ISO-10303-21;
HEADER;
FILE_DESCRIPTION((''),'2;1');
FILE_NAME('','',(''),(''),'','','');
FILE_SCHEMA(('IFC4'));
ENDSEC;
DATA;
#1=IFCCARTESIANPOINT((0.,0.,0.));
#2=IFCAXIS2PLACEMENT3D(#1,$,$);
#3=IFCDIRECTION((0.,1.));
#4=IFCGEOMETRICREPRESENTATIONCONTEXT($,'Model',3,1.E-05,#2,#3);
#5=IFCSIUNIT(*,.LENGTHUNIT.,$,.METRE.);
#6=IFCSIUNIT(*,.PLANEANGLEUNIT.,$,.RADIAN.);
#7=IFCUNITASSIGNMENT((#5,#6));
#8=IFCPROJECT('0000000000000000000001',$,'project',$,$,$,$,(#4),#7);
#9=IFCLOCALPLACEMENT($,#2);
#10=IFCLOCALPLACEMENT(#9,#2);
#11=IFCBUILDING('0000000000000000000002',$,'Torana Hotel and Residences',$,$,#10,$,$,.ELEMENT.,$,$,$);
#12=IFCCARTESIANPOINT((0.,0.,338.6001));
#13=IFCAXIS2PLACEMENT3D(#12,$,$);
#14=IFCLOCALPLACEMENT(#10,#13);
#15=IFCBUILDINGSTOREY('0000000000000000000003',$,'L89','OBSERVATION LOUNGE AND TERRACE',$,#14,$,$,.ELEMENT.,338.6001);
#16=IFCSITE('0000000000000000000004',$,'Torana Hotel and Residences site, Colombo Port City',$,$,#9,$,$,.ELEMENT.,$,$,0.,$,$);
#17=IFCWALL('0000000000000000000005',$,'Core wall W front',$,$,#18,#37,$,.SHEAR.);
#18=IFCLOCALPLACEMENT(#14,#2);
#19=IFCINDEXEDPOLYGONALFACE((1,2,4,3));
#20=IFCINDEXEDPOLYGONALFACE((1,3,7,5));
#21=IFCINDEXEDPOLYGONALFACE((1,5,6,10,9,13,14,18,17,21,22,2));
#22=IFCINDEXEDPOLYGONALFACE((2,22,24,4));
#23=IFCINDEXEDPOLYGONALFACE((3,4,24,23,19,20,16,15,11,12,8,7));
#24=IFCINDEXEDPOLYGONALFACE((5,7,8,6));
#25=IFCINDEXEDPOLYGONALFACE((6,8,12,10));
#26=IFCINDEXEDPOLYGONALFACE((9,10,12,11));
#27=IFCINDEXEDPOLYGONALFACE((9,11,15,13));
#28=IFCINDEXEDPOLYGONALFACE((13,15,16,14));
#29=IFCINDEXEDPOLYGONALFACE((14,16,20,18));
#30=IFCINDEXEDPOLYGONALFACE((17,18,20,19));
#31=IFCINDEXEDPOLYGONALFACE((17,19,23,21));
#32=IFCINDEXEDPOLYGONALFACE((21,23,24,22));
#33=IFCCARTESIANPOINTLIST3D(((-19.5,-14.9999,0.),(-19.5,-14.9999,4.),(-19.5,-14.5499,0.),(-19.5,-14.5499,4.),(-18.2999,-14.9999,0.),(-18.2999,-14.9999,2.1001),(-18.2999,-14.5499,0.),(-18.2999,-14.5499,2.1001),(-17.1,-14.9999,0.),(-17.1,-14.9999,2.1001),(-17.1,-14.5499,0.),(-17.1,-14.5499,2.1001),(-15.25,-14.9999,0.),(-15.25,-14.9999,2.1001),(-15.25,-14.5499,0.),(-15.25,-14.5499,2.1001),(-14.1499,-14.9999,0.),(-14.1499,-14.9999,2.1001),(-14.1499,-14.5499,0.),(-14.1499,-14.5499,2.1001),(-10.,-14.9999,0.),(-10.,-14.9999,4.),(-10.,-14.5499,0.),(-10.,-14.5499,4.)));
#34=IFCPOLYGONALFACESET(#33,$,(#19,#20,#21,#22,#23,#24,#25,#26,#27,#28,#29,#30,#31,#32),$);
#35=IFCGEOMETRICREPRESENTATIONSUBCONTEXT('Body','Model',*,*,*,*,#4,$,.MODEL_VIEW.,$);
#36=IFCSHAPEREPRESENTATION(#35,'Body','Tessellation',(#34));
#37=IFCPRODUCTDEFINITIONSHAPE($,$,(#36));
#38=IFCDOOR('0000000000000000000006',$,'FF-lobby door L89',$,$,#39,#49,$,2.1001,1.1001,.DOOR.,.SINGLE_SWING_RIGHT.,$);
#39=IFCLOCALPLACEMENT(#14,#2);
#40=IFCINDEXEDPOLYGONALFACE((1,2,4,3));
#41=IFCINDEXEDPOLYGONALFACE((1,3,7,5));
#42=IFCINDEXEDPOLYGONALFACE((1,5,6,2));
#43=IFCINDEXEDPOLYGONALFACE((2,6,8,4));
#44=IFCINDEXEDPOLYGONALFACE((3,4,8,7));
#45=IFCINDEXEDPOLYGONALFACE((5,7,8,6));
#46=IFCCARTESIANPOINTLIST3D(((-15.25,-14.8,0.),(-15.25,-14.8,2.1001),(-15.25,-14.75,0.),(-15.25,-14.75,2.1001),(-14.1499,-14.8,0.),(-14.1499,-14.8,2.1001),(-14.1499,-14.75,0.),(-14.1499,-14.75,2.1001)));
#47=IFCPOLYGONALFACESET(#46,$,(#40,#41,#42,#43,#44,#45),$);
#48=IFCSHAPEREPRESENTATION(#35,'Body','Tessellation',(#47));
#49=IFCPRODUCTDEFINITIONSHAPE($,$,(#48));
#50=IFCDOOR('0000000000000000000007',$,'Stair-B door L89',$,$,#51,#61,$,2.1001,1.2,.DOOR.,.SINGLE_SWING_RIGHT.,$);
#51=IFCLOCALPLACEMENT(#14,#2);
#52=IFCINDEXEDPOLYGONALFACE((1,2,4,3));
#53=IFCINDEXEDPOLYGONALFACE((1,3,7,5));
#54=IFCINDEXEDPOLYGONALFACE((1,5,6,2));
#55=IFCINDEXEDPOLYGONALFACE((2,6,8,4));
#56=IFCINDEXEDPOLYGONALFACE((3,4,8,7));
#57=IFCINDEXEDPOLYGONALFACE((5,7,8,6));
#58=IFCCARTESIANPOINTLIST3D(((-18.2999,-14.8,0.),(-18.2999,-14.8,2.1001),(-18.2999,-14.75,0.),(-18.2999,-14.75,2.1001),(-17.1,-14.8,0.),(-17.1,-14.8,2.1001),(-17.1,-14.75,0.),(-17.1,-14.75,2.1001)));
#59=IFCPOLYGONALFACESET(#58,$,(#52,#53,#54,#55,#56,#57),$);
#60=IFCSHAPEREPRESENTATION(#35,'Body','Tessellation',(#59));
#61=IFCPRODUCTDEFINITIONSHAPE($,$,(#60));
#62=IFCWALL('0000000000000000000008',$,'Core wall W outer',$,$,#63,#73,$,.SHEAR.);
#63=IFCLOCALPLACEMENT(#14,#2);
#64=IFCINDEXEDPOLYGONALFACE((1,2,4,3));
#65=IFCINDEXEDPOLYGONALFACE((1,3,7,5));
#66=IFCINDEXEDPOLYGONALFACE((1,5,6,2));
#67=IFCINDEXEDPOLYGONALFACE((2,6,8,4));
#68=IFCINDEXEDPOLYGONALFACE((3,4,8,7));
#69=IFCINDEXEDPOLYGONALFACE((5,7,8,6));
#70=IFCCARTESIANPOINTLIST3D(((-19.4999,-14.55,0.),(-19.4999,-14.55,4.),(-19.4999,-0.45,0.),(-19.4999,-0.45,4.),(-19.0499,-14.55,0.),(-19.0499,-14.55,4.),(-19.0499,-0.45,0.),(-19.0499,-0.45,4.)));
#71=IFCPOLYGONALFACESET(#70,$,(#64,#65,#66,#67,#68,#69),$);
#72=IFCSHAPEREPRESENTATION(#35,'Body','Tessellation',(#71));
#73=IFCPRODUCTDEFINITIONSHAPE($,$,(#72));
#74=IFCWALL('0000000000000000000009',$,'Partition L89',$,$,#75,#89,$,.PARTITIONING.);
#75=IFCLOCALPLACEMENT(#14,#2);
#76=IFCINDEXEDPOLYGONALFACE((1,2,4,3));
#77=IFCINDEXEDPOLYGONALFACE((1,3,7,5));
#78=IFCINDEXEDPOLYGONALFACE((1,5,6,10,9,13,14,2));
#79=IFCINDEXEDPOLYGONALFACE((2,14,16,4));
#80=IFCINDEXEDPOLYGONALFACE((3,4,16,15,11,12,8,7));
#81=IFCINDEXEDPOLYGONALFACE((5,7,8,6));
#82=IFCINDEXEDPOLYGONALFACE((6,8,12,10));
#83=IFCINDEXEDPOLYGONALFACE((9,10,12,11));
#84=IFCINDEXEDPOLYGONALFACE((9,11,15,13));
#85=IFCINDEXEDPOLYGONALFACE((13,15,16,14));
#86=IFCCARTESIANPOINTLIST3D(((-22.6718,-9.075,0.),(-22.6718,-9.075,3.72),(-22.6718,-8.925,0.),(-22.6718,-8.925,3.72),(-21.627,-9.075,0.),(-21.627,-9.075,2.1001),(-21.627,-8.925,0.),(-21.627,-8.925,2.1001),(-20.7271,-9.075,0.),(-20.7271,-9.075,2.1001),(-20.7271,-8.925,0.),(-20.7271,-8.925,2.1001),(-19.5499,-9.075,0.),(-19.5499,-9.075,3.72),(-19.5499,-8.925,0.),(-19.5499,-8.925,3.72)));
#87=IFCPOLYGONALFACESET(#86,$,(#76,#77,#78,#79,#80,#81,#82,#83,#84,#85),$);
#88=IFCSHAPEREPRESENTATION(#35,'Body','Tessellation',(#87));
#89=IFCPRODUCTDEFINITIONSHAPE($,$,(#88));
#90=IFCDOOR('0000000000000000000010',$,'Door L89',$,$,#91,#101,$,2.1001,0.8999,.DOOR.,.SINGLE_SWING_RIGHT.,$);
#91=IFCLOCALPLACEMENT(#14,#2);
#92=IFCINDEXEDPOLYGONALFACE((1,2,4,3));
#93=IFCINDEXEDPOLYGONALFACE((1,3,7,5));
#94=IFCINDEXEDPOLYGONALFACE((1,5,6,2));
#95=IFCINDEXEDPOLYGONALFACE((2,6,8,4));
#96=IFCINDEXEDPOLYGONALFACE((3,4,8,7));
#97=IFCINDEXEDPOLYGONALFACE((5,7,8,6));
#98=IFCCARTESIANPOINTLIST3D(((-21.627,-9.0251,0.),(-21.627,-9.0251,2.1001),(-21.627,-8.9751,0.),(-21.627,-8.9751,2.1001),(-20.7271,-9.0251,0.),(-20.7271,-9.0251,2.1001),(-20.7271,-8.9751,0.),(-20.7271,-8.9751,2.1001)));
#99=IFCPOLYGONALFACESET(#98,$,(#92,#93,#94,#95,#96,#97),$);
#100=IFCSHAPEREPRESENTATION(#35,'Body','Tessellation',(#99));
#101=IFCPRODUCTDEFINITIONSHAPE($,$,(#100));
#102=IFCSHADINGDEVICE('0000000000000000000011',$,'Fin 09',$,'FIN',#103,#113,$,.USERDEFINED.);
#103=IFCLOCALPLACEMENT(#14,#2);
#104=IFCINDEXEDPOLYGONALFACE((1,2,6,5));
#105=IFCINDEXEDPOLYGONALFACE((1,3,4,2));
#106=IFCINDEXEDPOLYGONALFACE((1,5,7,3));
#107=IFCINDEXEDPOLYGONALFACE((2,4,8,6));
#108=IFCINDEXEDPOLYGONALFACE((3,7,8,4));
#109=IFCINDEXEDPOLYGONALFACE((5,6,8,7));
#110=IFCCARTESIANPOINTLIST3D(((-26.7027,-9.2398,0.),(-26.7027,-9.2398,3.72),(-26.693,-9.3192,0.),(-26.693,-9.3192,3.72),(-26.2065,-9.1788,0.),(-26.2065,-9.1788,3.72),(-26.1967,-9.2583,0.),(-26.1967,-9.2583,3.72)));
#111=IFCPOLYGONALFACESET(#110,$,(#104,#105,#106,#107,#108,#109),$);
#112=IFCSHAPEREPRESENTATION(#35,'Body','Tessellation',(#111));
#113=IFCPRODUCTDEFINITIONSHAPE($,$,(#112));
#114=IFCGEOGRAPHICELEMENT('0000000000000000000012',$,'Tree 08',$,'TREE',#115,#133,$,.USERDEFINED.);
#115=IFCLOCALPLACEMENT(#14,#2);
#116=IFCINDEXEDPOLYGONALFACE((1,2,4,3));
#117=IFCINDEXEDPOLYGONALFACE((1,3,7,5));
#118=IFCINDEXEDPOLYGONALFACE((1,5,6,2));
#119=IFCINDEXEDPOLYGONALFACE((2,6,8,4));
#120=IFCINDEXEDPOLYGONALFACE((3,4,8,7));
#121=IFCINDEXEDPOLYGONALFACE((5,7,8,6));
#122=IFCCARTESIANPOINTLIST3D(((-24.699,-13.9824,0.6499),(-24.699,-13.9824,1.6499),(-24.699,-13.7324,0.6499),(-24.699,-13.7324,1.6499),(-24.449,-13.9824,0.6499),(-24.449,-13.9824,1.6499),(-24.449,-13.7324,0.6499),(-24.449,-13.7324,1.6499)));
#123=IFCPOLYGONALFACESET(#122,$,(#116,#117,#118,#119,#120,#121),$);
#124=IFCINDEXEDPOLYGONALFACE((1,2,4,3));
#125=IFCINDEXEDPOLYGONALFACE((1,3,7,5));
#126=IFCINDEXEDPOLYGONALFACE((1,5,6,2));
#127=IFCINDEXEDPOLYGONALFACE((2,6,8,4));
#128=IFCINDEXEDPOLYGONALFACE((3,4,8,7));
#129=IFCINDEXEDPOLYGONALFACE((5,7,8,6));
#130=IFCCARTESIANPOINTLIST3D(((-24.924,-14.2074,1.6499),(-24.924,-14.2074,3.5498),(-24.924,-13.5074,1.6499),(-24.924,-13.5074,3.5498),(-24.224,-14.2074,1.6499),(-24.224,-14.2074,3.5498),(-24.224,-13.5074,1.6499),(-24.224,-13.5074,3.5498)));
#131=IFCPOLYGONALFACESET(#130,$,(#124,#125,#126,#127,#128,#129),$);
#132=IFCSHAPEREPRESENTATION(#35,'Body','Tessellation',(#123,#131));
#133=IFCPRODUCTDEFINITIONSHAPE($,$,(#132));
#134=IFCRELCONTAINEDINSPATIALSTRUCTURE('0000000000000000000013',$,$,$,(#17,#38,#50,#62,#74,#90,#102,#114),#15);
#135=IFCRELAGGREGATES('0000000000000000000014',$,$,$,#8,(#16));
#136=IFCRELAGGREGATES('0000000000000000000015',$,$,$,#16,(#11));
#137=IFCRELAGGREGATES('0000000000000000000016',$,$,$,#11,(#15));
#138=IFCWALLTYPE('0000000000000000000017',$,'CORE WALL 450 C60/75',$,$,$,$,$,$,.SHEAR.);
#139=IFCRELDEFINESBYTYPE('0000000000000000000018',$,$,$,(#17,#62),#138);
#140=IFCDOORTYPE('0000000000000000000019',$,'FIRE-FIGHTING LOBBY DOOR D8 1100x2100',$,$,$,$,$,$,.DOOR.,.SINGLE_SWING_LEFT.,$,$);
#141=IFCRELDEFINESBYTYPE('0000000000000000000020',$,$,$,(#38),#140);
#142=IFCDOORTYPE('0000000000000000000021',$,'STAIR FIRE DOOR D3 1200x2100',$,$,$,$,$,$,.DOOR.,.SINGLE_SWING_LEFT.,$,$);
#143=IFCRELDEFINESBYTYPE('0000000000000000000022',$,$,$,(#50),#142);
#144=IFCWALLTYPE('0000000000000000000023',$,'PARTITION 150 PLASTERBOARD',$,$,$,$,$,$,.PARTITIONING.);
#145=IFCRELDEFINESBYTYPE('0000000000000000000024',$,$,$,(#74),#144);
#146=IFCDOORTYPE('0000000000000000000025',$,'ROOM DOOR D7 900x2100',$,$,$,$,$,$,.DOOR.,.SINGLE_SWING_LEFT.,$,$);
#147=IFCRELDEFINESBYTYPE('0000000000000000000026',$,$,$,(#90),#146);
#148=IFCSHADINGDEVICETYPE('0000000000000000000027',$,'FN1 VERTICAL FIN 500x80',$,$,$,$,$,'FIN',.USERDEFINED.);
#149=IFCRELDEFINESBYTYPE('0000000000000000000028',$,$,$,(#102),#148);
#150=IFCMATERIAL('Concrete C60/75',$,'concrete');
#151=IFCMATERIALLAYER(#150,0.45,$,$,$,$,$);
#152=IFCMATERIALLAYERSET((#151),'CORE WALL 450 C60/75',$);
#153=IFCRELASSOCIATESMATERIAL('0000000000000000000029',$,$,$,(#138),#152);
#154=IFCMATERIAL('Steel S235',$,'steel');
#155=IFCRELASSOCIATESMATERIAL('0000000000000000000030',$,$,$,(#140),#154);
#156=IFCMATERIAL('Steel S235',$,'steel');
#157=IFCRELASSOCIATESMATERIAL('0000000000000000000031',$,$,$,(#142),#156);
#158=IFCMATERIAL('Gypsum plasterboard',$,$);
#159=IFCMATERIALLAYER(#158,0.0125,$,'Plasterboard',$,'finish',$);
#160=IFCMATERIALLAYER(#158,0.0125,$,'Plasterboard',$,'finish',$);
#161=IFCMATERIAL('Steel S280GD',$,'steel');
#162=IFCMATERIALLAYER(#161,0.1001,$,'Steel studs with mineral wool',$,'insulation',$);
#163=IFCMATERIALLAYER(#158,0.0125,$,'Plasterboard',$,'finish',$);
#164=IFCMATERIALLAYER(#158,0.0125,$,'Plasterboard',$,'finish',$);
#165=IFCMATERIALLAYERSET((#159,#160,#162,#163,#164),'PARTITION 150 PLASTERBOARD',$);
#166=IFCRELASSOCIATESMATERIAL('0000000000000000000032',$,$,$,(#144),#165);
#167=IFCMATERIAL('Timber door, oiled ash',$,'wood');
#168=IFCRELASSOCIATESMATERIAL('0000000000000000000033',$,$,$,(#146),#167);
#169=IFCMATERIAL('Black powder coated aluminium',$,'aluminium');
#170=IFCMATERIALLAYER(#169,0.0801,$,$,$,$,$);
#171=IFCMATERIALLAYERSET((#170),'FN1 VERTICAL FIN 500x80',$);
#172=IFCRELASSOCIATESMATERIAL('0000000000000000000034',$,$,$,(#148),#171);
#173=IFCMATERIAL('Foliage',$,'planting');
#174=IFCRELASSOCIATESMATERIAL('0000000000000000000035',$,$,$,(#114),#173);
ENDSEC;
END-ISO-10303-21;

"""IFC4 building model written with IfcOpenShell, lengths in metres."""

from ifc_helpers import new_model, si_unit, direction, frame, frame_2d, origin, origin_2d, place, context, subcontext, project, spatial, rectangle, extrude, material, layer, layer_set, type_object, element, fill, save


model = new_model("IFC4")

# Units and contexts
model_context = context("Model", 3, precision=1e-05, world=origin(), true_north=direction((0.0, 1.0)))
body_context = subcontext(model_context, "Body", "Model", "MODEL_VIEW")
ifc_project = project(units=[si_unit("LENGTHUNIT", "METRE"), si_unit("PLANEANGLEUNIT", "RADIAN")], contexts=[model_context])

# Site, building, storey
site_placement = place(None, origin())
site = spatial("IfcSite", under=ifc_project, at=site_placement, Name="Torana Hotel and Residences site, Colombo Port City", CompositionType="ELEMENT", RefElevation=0.0)
building_placement = place(site_placement, origin())
building = spatial("IfcBuilding", under=site, at=building_placement, Name="Torana Hotel and Residences", CompositionType="ELEMENT")
storey_placement = place(building_placement, frame((0.0, 0.0, 338.6001)))
storey = spatial("IfcBuildingStorey", under=building, at=storey_placement, Name="L89", Description="OBSERVATION LOUNGE AND TERRACE", CompositionType="ELEMENT", Elevation=338.6001)

# Wall, openings, doors
ifc_material_1 = material(Name="Concrete C60/75", Category="concrete")
ifc_layer_1 = layer(ifc_material_1, 0.45)
ifc_layer_set_1 = layer_set([ifc_layer_1], Name="CORE WALL 450 C60/75")
wall_type_1 = type_object("IfcWallType", Name="CORE WALL 450 C60/75", PredefinedType="SHEAR", material=ifc_layer_set_1)
wall_1_placement = place(storey_placement, frame((-19.5, -14.7749, 0.0), z_axis=(0.0, 0.0, 1.0), x_axis=(1.0, 0.0, 0.0)))
wall_1 = element("IfcWall", 1, at=wall_1_placement, inside=storey, type_object=wall_type_1, Name="Core wall W front", PredefinedType="SHEAR", context=body_context, shape_type="SweptSolid", body=[
    extrude(rectangle(XDim=9.5, YDim=0.45, at=frame_2d((4.75, 0.0))), origin(), (0.0, 0.0, 1.0), 4.0),
])
opening_1_placement = place(wall_1_placement, frame((1.2, 0.0, 0.0)))
opening_1 = element("IfcOpeningElement", 2, at=opening_1_placement, cuts=wall_1, PredefinedType="OPENING", context=body_context, shape_type="SweptSolid", body=[
    extrude(rectangle(XDim=1.2, YDim=2.1001, at=frame_2d((0.6001, 1.05))), frame((0.0, 0.2349, 0.0), z_axis=(0.0, -1.0, 0.0), x_axis=(1.0, 0.0, 0.0)), (0.0, 0.0, 1.0), 0.47),
])
opening_2_placement = place(wall_1_placement, frame((4.25, 0.0, 0.0)))
opening_2 = element("IfcOpeningElement", 3, at=opening_2_placement, cuts=wall_1, PredefinedType="OPENING", context=body_context, shape_type="SweptSolid", body=[
    extrude(rectangle(XDim=1.1001, YDim=2.1001, at=frame_2d((0.55, 1.05))), frame((0.0, 0.2349, 0.0), z_axis=(0.0, -1.0, 0.0), x_axis=(1.0, 0.0, 0.0)), (0.0, 0.0, 1.0), 0.47),
])
ifc_material_2 = material(Name="Steel S235", Category="steel")
door_type_1 = type_object("IfcDoorType", Name="FIRE-FIGHTING LOBBY DOOR D8 1100x2100", OperationType="SINGLE_SWING_LEFT", PredefinedType="DOOR", material=ifc_material_2)
door_1_placement = place(opening_2_placement, origin())
door_1 = element("IfcDoor", 4, at=door_1_placement, inside=storey, type_object=door_type_1, Name="FF-lobby door L89", OperationType="SINGLE_SWING_RIGHT", OverallHeight=2.1001, OverallWidth=1.1001, PredefinedType="DOOR", context=body_context, shape_type="SweptSolid", body=[
    extrude(rectangle(XDim=1.1001, YDim=2.1001, at=frame_2d((0.55, 1.05))), frame((0.0, 0.0249, 0.0), z_axis=(0.0, -1.0, 0.0), x_axis=(1.0, 0.0, 0.0)), (0.0, 0.0, 1.0), 0.05),
])
fill(opening_2, door_1)
ifc_material_3 = material(Name="Steel S235", Category="steel")
door_type_2 = type_object("IfcDoorType", Name="STAIR FIRE DOOR D3 1200x2100", OperationType="SINGLE_SWING_LEFT", PredefinedType="DOOR", material=ifc_material_3)
door_2_placement = place(opening_1_placement, origin())
door_2 = element("IfcDoor", 5, at=door_2_placement, inside=storey, type_object=door_type_2, Name="Stair-B door L89", OperationType="SINGLE_SWING_RIGHT", OverallHeight=2.1001, OverallWidth=1.2, PredefinedType="DOOR", context=body_context, shape_type="SweptSolid", body=[
    extrude(rectangle(XDim=1.2, YDim=2.1001, at=frame_2d((0.6001, 1.05))), frame((0.0, 0.0249, 0.0), z_axis=(0.0, -1.0, 0.0), x_axis=(1.0, 0.0, 0.0)), (0.0, 0.0, 1.0), 0.05),
])
fill(opening_1, door_2)

# Wall
wall_2_placement = place(storey_placement, frame((-19.2749, -14.55, 0.0), z_axis=(0.0, 0.0, 1.0), x_axis=(0.0, 1.0, 0.0)))
element("IfcWall", 6, at=wall_2_placement, inside=storey, type_object=wall_type_1, Name="Core wall W outer", PredefinedType="SHEAR", context=body_context, shape_type="SweptSolid", body=[
    extrude(rectangle(XDim=14.1001, YDim=0.45, at=frame_2d((7.05, 0.0))), origin(), (0.0, 0.0, 1.0), 4.0),
])

# Wall, opening, door
ifc_material_4 = material(Name="Gypsum plasterboard")
ifc_layer_2 = layer(ifc_material_4, 0.0125, Name="Plasterboard", Category="finish")
ifc_layer_3 = layer(ifc_material_4, 0.0125, Name="Plasterboard", Category="finish")
ifc_material_5 = material(Name="Steel S280GD", Category="steel")
ifc_layer_4 = layer(ifc_material_5, 0.1001, Name="Steel studs with mineral wool", Category="insulation")
ifc_layer_5 = layer(ifc_material_4, 0.0125, Name="Plasterboard", Category="finish")
ifc_layer_6 = layer(ifc_material_4, 0.0125, Name="Plasterboard", Category="finish")
ifc_layer_set_2 = layer_set([ifc_layer_2, ifc_layer_3, ifc_layer_4, ifc_layer_5, ifc_layer_6], Name="PARTITION 150 PLASTERBOARD")
wall_type_2 = type_object("IfcWallType", Name="PARTITION 150 PLASTERBOARD", PredefinedType="PARTITIONING", material=ifc_layer_set_2)
wall_3_placement = place(storey_placement, frame((-22.6719, -9.0, 0.0), z_axis=(0.0, 0.0, 1.0), x_axis=(1.0, 0.0, 0.0)))
wall_3 = element("IfcWall", 7, at=wall_3_placement, inside=storey, type_object=wall_type_2, Name="Partition L89", PredefinedType="PARTITIONING", context=body_context, shape_type="SweptSolid", body=[
    extrude(rectangle(XDim=3.1218, YDim=0.1499, at=frame_2d((1.561, 0.0))), origin(), (0.0, 0.0, 1.0), 3.72),
])
opening_3_placement = place(wall_3_placement, frame((1.0449, 0.0, 0.0)))
opening_3 = element("IfcOpeningElement", 8, at=opening_3_placement, cuts=wall_3, PredefinedType="OPENING", context=body_context, shape_type="SweptSolid", body=[
    extrude(rectangle(XDim=0.8999, YDim=2.1001, at=frame_2d((0.45, 1.05))), frame((0.0, 0.085, 0.0), z_axis=(0.0, -1.0, 0.0), x_axis=(1.0, 0.0, 0.0)), (0.0, 0.0, 1.0), 0.1699),
])
ifc_material_6 = material(Name="Timber door, oiled ash", Category="wood")
door_type_3 = type_object("IfcDoorType", Name="ROOM DOOR D7 900x2100", OperationType="SINGLE_SWING_LEFT", PredefinedType="DOOR", material=ifc_material_6)
door_3_placement = place(opening_3_placement, origin())
door_3 = element("IfcDoor", 9, at=door_3_placement, inside=storey, type_object=door_type_3, Name="Door L89", OperationType="SINGLE_SWING_RIGHT", OverallHeight=2.1001, OverallWidth=0.8999, PredefinedType="DOOR", context=body_context, shape_type="SweptSolid", body=[
    extrude(rectangle(XDim=0.8999, YDim=2.1001, at=frame_2d((0.45, 1.05))), frame((0.0, 0.0249, 0.0), z_axis=(0.0, -1.0, 0.0), x_axis=(1.0, 0.0, 0.0)), (0.0, 0.0, 1.0), 0.05),
])
fill(opening_3, door_3)

# Shading device
ifc_material_7 = material(Name="Black powder coated aluminium", Category="aluminium")
ifc_layer_7 = layer(ifc_material_7, 0.0801)
ifc_layer_set_3 = layer_set([ifc_layer_7], Name="FN1 VERTICAL FIN 500x80")
shading_device_type = type_object("IfcShadingDeviceType", Name="FN1 VERTICAL FIN 500x80", ElementType="FIN", PredefinedType="USERDEFINED", material=ifc_layer_set_3)
shading_device_placement = place(storey_placement, frame((-26.4497, -9.249, 0.0), z_axis=(0.0, 0.0, 1.0), x_axis=(-0.121871, 0.992546, 0.0)))
element("IfcShadingDevice", 10, at=shading_device_placement, inside=storey, type_object=shading_device_type, Name="Fin 09", ObjectType="FIN", PredefinedType="USERDEFINED", context=body_context, shape_type="SweptSolid", body=[
    extrude(rectangle(XDim=0.0801, YDim=0.5, at=origin_2d()), origin(), (0.0, 0.0, 1.0), 3.72),
])

# Geographic element
ifc_material_8 = material(Name="Foliage", Category="planting")
geographic_element_placement = place(storey_placement, frame((-24.574, -13.8574, 0.6499), z_axis=(0.0, 0.0, 1.0), x_axis=(1.0, 0.0, 0.0)))
element("IfcGeographicElement", 11, at=geographic_element_placement, inside=storey, material=ifc_material_8, Name="Tree 08", ObjectType="TREE", PredefinedType="USERDEFINED", context=body_context, shape_type="SweptSolid", body=[
    extrude(rectangle(XDim=0.25, YDim=0.25, at=origin_2d()), origin(), (0.0, 0.0, 1.0), 1.0),
    extrude(rectangle(XDim=0.7, YDim=0.7, at=origin_2d()), frame((0.0, 0.0, 1.0)), (0.0, 0.0, 1.0), 1.8999),
])

save(model, "model.ifc")
